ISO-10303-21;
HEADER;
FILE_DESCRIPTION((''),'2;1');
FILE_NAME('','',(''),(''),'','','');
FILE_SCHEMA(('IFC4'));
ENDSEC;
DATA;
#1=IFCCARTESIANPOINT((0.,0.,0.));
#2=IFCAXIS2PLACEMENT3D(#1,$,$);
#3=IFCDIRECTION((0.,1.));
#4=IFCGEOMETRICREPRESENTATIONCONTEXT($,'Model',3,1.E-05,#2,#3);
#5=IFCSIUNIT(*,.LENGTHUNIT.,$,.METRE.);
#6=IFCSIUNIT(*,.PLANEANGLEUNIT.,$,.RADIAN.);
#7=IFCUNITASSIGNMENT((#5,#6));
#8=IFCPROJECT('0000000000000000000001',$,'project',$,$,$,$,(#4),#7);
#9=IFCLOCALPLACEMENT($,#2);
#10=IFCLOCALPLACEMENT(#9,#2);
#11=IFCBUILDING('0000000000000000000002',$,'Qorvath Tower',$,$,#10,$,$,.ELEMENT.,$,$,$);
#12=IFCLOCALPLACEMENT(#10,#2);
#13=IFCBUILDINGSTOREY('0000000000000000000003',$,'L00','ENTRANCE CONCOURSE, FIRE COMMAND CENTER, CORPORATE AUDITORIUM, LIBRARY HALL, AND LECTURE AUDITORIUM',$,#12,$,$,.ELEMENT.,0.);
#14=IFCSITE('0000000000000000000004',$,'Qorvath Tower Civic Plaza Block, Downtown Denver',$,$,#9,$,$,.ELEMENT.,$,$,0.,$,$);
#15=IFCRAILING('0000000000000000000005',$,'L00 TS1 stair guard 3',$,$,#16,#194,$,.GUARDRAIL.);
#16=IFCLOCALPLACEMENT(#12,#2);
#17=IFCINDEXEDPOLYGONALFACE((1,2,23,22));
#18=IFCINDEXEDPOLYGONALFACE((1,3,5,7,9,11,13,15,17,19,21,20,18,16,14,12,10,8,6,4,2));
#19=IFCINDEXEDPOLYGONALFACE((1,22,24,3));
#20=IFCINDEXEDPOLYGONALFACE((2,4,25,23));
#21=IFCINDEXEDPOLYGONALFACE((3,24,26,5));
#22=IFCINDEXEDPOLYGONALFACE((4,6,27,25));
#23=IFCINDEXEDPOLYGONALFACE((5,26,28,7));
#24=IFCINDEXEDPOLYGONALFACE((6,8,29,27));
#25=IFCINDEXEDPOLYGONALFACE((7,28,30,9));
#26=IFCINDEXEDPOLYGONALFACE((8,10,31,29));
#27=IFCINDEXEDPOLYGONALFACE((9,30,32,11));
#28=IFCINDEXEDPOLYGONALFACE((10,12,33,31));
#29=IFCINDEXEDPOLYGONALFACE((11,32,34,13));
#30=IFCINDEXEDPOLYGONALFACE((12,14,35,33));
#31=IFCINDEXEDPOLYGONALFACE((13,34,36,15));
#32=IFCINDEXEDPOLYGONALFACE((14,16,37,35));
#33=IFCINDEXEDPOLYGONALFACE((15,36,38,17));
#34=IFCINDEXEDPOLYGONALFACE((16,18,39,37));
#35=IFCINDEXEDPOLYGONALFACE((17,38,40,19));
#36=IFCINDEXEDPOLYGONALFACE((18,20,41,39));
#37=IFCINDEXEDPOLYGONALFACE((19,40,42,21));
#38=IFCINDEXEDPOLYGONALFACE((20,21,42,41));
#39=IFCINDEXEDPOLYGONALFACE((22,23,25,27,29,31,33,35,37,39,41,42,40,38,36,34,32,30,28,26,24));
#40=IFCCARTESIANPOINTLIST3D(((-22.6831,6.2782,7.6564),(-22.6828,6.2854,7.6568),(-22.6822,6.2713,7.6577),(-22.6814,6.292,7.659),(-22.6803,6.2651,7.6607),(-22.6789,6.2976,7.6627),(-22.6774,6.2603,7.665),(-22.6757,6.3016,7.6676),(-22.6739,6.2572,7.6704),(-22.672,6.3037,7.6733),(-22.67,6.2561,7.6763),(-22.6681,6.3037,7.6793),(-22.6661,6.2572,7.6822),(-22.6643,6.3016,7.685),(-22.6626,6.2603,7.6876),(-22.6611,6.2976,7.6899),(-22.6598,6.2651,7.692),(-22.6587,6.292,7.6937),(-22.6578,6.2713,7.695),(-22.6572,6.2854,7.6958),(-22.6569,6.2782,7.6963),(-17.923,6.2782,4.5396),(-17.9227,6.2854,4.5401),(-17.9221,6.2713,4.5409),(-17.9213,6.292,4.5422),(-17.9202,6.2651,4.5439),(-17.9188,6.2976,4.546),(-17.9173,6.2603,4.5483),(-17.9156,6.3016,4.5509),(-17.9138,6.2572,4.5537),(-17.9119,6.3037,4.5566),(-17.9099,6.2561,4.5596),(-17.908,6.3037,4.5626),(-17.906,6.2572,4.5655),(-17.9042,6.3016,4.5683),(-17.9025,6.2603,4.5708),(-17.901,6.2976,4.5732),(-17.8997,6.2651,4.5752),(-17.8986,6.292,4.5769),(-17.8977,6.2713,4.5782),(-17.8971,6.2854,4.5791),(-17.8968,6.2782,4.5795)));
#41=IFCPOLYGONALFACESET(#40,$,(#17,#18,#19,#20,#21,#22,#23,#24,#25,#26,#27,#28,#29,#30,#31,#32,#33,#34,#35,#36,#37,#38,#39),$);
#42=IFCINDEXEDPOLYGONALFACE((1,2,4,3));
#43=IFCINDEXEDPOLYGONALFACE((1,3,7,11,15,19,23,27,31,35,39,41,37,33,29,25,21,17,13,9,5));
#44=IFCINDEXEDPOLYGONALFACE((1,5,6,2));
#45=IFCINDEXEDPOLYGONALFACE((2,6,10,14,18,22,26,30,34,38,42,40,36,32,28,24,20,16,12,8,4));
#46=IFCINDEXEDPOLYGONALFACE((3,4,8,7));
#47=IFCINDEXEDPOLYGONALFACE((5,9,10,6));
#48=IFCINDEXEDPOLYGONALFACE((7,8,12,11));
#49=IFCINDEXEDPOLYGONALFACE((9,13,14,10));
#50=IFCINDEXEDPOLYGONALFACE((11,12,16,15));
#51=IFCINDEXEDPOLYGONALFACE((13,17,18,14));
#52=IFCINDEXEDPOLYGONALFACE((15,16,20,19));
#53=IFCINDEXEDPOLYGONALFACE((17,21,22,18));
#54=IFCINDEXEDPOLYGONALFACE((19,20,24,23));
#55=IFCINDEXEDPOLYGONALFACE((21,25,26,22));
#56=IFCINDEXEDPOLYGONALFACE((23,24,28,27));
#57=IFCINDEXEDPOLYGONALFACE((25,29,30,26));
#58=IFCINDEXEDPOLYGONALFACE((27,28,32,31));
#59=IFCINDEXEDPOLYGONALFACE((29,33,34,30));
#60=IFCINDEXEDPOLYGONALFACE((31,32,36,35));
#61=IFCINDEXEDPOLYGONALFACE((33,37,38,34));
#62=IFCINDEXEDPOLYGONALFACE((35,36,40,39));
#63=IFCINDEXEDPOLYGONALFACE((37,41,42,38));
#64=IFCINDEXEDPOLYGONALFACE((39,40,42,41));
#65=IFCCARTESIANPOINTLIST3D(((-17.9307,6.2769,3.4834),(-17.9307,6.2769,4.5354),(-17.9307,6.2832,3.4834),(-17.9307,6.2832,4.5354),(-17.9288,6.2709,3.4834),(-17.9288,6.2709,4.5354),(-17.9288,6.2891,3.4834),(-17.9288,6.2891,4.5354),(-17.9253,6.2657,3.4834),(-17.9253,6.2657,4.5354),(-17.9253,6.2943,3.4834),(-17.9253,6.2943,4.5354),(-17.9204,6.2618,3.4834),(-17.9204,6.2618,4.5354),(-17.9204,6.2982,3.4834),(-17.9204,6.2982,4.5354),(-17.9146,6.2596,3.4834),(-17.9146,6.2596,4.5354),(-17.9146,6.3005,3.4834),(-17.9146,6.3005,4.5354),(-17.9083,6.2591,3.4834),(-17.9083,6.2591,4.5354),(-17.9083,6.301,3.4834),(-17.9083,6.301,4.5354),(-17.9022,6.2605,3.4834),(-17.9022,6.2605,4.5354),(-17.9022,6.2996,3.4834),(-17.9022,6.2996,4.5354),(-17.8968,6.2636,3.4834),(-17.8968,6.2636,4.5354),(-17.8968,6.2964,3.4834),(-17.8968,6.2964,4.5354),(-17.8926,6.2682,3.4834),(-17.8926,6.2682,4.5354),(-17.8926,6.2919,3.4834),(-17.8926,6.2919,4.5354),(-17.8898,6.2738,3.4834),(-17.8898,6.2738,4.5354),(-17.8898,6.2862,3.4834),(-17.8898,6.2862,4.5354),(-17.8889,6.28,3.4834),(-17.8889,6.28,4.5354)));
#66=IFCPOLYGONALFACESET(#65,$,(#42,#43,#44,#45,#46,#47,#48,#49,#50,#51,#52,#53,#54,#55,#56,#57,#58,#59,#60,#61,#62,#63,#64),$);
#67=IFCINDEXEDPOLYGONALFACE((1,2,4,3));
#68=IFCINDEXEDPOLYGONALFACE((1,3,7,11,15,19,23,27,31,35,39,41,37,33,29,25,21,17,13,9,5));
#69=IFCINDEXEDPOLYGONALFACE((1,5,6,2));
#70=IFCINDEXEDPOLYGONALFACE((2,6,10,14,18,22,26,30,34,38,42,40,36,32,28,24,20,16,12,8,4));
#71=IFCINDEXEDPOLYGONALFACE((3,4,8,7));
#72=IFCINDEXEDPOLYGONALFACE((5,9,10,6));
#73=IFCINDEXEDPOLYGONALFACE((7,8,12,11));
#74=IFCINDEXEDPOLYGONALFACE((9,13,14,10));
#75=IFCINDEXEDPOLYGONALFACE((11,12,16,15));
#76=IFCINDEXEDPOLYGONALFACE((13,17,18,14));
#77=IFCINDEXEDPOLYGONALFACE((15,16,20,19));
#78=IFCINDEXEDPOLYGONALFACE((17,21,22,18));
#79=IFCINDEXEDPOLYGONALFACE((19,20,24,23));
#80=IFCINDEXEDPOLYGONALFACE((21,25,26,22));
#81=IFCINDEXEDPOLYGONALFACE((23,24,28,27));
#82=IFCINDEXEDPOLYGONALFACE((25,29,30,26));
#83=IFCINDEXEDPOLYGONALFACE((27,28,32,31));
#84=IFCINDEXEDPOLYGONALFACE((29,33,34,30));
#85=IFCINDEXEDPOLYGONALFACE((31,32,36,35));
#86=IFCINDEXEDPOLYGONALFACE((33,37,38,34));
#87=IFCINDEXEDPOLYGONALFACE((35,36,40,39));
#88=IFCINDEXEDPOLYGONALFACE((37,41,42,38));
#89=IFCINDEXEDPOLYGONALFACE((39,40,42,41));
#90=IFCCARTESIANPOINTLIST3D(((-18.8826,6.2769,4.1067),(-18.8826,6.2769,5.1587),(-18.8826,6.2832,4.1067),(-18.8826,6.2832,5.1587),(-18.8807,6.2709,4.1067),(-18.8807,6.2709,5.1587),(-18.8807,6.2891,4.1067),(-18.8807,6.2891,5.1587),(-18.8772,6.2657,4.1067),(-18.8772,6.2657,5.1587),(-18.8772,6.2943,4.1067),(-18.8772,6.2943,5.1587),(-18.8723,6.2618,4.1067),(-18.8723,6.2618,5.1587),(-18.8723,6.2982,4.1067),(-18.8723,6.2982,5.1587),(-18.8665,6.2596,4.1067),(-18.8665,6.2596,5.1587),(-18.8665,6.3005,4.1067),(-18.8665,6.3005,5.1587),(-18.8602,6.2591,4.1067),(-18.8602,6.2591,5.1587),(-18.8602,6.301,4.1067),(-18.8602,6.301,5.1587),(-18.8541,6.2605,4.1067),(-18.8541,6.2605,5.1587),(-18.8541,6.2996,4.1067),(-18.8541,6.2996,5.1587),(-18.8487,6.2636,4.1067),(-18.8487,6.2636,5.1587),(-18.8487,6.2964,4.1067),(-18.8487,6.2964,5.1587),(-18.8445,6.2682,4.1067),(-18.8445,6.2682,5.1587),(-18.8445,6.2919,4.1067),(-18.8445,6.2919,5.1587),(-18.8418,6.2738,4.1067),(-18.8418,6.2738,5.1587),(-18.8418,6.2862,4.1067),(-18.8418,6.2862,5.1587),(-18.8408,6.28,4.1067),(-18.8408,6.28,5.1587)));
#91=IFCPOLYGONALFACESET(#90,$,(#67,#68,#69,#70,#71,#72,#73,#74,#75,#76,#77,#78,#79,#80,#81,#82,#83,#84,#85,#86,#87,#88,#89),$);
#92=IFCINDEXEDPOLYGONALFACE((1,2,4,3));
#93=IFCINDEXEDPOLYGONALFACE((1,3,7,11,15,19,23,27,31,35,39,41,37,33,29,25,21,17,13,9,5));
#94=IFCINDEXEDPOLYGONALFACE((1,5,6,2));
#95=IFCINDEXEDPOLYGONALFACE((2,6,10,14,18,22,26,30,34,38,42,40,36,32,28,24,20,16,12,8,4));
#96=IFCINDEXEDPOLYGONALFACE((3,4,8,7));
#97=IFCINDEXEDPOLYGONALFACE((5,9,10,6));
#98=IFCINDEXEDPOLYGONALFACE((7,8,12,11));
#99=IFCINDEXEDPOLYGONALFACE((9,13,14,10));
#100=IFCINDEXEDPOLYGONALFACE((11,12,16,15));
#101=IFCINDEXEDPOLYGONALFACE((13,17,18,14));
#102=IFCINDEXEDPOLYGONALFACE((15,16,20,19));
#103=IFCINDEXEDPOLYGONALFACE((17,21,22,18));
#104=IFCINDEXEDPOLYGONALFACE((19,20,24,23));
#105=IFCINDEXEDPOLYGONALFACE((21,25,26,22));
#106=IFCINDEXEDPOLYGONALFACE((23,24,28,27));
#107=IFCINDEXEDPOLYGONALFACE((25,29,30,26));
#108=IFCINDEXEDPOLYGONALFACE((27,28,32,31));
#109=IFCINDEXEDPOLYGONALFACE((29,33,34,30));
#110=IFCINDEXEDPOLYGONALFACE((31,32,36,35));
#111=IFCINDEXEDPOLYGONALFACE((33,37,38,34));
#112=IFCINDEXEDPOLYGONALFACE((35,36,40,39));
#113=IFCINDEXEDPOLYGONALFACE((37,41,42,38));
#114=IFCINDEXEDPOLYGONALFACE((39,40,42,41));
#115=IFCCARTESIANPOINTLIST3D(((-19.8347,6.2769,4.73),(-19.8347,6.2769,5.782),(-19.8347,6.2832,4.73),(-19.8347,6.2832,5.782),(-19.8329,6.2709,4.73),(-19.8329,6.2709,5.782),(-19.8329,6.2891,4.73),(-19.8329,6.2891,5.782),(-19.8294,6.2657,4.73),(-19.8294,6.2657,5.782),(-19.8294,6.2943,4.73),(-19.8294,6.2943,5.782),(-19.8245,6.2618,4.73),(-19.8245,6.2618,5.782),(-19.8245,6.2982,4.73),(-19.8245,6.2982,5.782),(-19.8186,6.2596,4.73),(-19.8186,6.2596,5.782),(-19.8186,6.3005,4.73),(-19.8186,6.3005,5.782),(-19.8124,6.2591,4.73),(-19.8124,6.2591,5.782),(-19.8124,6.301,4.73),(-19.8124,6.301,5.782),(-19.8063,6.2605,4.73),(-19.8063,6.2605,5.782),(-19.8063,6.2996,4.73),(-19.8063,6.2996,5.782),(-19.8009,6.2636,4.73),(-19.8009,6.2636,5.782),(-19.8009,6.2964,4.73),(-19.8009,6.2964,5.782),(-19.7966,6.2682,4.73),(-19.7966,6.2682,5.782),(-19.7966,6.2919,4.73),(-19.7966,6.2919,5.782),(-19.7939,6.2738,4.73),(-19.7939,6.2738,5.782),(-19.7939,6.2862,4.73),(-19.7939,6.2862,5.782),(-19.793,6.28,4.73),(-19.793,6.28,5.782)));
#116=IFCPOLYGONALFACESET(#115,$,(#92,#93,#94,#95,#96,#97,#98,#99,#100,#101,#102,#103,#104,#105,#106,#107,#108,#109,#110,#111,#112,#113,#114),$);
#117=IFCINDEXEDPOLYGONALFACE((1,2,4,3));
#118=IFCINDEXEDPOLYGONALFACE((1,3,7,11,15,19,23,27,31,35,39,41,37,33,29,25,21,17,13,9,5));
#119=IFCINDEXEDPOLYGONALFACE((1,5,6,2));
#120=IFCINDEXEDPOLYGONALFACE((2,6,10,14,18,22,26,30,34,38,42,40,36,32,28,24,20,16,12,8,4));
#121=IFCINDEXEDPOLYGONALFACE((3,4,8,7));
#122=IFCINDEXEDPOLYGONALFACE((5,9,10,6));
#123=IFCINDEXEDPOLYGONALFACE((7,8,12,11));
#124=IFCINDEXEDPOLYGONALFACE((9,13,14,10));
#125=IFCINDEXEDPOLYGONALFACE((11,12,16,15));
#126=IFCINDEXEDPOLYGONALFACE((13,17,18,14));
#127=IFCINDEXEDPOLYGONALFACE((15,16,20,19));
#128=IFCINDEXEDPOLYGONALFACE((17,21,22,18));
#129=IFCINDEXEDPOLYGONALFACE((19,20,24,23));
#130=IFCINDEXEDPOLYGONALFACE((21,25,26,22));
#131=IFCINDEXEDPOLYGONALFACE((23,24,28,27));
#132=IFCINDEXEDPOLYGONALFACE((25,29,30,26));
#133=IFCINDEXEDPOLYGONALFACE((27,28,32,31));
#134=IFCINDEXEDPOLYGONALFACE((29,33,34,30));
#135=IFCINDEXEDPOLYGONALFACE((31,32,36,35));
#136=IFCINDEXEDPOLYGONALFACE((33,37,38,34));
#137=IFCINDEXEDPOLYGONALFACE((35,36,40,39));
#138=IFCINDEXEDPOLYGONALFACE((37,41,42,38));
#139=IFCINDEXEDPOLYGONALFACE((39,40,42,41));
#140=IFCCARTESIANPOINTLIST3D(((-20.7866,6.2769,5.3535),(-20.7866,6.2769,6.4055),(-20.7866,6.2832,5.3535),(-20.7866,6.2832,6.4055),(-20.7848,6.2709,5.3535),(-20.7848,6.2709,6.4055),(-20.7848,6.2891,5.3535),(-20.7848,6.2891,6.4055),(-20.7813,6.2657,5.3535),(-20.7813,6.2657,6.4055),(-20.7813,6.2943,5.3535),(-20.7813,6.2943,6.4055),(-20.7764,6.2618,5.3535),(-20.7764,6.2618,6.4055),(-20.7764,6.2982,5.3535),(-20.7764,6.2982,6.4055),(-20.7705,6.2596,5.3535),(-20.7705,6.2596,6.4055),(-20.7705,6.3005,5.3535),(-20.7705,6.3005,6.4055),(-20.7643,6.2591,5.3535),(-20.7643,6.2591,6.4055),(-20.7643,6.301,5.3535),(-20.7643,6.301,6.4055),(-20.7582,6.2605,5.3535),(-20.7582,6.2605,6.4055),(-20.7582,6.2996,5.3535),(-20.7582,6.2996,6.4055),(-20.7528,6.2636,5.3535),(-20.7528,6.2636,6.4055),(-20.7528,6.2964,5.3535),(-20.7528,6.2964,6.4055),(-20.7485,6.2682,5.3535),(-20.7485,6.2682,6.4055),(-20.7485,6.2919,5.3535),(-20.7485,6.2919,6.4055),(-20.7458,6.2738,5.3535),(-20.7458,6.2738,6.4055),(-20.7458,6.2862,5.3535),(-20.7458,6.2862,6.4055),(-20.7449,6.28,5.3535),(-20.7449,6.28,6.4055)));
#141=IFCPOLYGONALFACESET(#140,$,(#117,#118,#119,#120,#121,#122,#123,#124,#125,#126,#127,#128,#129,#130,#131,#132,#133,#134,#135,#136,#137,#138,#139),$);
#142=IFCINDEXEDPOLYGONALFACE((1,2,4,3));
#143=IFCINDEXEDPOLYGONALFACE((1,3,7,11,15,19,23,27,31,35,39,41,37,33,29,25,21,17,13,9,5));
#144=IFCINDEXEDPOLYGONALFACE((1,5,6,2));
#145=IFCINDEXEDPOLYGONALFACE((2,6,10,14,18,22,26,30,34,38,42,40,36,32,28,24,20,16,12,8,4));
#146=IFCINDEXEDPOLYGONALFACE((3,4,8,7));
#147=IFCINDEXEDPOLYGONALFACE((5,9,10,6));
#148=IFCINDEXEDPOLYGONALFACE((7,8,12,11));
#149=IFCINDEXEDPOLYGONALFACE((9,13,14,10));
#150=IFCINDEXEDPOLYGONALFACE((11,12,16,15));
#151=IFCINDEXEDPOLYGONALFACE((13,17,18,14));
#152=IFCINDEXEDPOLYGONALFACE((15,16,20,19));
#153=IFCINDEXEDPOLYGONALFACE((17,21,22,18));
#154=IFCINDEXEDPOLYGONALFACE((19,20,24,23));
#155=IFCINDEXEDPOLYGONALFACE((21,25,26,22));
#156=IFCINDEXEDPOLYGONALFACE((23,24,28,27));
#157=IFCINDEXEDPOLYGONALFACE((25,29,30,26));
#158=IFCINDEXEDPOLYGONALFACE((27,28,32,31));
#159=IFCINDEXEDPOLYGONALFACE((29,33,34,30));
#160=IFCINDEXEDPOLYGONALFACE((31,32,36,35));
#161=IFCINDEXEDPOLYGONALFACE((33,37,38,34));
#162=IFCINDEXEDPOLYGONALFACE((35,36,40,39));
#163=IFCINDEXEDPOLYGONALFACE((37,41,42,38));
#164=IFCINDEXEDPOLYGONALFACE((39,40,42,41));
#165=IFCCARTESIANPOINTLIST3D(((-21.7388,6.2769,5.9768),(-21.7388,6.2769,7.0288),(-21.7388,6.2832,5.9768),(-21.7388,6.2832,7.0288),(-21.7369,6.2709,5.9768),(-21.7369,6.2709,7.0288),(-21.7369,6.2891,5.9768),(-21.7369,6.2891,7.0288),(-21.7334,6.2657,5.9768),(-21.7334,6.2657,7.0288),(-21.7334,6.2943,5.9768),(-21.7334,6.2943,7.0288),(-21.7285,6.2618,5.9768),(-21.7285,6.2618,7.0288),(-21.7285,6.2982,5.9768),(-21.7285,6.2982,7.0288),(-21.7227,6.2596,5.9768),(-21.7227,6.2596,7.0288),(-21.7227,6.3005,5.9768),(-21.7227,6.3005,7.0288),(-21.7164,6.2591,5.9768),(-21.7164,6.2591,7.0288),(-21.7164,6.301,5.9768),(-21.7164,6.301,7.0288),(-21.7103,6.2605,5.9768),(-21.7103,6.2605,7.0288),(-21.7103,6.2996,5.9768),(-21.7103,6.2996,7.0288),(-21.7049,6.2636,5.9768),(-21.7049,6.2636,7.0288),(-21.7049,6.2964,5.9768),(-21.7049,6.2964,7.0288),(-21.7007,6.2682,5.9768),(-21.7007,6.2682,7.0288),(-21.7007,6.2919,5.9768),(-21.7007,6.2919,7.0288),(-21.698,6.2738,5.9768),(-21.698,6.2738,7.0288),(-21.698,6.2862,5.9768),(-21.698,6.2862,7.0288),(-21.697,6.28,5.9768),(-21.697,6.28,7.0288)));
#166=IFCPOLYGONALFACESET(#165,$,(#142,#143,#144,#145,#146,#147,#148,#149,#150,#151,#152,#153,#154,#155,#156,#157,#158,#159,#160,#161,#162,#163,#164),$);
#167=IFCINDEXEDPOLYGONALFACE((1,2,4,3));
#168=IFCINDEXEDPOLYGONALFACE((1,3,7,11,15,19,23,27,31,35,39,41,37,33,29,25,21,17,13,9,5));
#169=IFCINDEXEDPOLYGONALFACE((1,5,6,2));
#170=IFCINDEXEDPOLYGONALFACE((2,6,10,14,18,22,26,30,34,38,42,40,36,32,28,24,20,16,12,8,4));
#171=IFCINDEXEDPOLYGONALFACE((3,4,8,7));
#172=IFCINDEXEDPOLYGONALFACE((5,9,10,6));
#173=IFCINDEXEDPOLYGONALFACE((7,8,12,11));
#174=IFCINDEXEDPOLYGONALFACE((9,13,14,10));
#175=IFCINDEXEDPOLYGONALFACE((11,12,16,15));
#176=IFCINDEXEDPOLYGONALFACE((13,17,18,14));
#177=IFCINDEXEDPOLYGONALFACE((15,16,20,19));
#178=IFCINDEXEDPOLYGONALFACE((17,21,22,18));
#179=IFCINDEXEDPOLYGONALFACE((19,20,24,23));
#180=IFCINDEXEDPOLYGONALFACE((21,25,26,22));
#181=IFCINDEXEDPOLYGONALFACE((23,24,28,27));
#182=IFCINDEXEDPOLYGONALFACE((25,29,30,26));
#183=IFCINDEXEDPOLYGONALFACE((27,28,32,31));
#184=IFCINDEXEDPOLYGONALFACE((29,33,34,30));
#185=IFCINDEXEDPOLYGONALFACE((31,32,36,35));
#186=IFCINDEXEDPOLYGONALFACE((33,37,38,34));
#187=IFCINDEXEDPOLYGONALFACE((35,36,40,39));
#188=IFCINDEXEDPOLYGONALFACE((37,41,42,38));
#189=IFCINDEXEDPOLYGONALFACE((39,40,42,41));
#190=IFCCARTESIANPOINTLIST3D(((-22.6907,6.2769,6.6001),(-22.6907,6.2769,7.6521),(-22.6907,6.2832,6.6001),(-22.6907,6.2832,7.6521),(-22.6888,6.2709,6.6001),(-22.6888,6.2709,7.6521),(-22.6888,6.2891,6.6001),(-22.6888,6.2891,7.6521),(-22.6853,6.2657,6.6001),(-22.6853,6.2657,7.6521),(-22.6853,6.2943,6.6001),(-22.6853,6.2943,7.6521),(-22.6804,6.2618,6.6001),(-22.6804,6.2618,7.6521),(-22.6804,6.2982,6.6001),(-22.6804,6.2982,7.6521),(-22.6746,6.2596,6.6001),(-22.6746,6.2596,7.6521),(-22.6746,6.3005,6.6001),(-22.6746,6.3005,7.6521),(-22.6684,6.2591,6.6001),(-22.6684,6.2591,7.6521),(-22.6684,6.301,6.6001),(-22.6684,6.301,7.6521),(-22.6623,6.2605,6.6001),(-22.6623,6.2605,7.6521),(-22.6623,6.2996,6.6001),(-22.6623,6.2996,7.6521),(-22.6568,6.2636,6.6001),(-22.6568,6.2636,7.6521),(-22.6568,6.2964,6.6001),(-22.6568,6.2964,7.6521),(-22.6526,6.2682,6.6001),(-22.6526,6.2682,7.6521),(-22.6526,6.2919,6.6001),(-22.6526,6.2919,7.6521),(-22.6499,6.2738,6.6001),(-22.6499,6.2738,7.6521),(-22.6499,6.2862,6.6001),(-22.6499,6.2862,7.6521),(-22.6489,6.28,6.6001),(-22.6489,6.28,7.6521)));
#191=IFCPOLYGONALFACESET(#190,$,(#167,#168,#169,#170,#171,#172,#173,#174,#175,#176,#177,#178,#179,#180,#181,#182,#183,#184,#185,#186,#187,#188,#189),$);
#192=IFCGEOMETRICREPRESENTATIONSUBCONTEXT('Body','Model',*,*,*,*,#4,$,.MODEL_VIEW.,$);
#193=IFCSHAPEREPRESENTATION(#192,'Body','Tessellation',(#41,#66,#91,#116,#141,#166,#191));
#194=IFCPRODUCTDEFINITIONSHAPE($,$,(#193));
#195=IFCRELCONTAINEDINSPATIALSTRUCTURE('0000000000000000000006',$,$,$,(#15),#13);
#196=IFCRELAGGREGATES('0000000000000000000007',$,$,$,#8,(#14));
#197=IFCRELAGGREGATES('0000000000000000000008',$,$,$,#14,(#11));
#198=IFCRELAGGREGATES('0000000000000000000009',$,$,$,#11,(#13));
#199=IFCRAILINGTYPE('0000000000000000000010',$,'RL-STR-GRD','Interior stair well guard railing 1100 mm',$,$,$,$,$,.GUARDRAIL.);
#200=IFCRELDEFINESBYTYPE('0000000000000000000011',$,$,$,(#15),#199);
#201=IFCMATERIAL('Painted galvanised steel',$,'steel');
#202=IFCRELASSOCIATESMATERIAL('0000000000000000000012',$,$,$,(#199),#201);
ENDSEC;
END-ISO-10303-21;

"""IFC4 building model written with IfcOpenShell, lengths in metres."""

from ifc_helpers import new_model, si_unit, direction, frame, origin, origin_2d, place, context, subcontext, project, spatial, circle, extrude, material, type_object, element, save


model = new_model("IFC4")

# Units and contexts
model_context = context("Model", 3, precision=1e-05, world=origin(), true_north=direction((0.0, 1.0)))
body_context = subcontext(model_context, "Body", "Model", "MODEL_VIEW")
ifc_project = project(units=[si_unit("LENGTHUNIT", "METRE"), si_unit("PLANEANGLEUNIT", "RADIAN")], contexts=[model_context])

# Site, building, storey
site_placement = place(None, origin())
site = spatial("IfcSite", under=ifc_project, at=site_placement, Name="Qorvath Tower Civic Plaza Block, Downtown Denver", CompositionType="ELEMENT", RefElevation=0.0)
building_placement = place(site_placement, origin())
building = spatial("IfcBuilding", under=site, at=building_placement, Name="Qorvath Tower", CompositionType="ELEMENT")
storey_placement = place(building_placement, origin())
storey = spatial("IfcBuildingStorey", under=building, at=storey_placement, Name="L00", Description="ENTRANCE CONCOURSE, FIRE COMMAND CENTER, CORPORATE AUDITORIUM, LIBRARY HALL, AND LECTURE AUDITORIUM", CompositionType="ELEMENT", Elevation=0.0)

# Railing
ifc_material_1 = material(Name="Painted galvanised steel", Category="steel")
railing_type_1 = type_object("IfcRailingType", Name="RL-STR-GRD", Description="Interior stair well guard railing 1100 mm", PredefinedType="GUARDRAIL", material=ifc_material_1)
railing_1_placement = place(storey_placement, frame((-17.9099, 6.28, 3.4834)))
element("IfcRailing", 1, at=railing_1_placement, inside=storey, type_object=railing_type_1, Name="L00 TS1 stair guard 3", PredefinedType="GUARDRAIL", context=body_context, shape_type="SweptSolid", body=[
    extrude(circle(Radius=0.0239, at=origin_2d()), frame((0.0, 0.0, 1.0762), z_axis=(-0.836616, 0.0, 0.547789), x_axis=(0.0, -1.0, 0.0)), (0.0, 0.0, 1.0), 5.6897),
    extrude(circle(Radius=0.021, at=origin_2d()), origin(), (0.0, 0.0, 1.0), 1.052),
    extrude(circle(Radius=0.021, at=origin_2d()), frame((-0.9519, 0.0, 0.6233)), (0.0, 0.0, 1.0), 1.052),
    extrude(circle(Radius=0.021, at=origin_2d()), frame((-1.9041, 0.0, 1.2466)), (0.0, 0.0, 1.0), 1.052),
    extrude(circle(Radius=0.021, at=origin_2d()), frame((-2.856, 0.0, 1.8701)), (0.0, 0.0, 1.0), 1.052),
    extrude(circle(Radius=0.021, at=origin_2d()), frame((-3.8081, 0.0, 2.4934)), (0.0, 0.0, 1.0), 1.052),
    extrude(circle(Radius=0.021, at=origin_2d()), frame((-4.76, 0.0, 3.1167)), (0.0, 0.0, 1.0), 1.052),
])

save(model, "model.ifc")
